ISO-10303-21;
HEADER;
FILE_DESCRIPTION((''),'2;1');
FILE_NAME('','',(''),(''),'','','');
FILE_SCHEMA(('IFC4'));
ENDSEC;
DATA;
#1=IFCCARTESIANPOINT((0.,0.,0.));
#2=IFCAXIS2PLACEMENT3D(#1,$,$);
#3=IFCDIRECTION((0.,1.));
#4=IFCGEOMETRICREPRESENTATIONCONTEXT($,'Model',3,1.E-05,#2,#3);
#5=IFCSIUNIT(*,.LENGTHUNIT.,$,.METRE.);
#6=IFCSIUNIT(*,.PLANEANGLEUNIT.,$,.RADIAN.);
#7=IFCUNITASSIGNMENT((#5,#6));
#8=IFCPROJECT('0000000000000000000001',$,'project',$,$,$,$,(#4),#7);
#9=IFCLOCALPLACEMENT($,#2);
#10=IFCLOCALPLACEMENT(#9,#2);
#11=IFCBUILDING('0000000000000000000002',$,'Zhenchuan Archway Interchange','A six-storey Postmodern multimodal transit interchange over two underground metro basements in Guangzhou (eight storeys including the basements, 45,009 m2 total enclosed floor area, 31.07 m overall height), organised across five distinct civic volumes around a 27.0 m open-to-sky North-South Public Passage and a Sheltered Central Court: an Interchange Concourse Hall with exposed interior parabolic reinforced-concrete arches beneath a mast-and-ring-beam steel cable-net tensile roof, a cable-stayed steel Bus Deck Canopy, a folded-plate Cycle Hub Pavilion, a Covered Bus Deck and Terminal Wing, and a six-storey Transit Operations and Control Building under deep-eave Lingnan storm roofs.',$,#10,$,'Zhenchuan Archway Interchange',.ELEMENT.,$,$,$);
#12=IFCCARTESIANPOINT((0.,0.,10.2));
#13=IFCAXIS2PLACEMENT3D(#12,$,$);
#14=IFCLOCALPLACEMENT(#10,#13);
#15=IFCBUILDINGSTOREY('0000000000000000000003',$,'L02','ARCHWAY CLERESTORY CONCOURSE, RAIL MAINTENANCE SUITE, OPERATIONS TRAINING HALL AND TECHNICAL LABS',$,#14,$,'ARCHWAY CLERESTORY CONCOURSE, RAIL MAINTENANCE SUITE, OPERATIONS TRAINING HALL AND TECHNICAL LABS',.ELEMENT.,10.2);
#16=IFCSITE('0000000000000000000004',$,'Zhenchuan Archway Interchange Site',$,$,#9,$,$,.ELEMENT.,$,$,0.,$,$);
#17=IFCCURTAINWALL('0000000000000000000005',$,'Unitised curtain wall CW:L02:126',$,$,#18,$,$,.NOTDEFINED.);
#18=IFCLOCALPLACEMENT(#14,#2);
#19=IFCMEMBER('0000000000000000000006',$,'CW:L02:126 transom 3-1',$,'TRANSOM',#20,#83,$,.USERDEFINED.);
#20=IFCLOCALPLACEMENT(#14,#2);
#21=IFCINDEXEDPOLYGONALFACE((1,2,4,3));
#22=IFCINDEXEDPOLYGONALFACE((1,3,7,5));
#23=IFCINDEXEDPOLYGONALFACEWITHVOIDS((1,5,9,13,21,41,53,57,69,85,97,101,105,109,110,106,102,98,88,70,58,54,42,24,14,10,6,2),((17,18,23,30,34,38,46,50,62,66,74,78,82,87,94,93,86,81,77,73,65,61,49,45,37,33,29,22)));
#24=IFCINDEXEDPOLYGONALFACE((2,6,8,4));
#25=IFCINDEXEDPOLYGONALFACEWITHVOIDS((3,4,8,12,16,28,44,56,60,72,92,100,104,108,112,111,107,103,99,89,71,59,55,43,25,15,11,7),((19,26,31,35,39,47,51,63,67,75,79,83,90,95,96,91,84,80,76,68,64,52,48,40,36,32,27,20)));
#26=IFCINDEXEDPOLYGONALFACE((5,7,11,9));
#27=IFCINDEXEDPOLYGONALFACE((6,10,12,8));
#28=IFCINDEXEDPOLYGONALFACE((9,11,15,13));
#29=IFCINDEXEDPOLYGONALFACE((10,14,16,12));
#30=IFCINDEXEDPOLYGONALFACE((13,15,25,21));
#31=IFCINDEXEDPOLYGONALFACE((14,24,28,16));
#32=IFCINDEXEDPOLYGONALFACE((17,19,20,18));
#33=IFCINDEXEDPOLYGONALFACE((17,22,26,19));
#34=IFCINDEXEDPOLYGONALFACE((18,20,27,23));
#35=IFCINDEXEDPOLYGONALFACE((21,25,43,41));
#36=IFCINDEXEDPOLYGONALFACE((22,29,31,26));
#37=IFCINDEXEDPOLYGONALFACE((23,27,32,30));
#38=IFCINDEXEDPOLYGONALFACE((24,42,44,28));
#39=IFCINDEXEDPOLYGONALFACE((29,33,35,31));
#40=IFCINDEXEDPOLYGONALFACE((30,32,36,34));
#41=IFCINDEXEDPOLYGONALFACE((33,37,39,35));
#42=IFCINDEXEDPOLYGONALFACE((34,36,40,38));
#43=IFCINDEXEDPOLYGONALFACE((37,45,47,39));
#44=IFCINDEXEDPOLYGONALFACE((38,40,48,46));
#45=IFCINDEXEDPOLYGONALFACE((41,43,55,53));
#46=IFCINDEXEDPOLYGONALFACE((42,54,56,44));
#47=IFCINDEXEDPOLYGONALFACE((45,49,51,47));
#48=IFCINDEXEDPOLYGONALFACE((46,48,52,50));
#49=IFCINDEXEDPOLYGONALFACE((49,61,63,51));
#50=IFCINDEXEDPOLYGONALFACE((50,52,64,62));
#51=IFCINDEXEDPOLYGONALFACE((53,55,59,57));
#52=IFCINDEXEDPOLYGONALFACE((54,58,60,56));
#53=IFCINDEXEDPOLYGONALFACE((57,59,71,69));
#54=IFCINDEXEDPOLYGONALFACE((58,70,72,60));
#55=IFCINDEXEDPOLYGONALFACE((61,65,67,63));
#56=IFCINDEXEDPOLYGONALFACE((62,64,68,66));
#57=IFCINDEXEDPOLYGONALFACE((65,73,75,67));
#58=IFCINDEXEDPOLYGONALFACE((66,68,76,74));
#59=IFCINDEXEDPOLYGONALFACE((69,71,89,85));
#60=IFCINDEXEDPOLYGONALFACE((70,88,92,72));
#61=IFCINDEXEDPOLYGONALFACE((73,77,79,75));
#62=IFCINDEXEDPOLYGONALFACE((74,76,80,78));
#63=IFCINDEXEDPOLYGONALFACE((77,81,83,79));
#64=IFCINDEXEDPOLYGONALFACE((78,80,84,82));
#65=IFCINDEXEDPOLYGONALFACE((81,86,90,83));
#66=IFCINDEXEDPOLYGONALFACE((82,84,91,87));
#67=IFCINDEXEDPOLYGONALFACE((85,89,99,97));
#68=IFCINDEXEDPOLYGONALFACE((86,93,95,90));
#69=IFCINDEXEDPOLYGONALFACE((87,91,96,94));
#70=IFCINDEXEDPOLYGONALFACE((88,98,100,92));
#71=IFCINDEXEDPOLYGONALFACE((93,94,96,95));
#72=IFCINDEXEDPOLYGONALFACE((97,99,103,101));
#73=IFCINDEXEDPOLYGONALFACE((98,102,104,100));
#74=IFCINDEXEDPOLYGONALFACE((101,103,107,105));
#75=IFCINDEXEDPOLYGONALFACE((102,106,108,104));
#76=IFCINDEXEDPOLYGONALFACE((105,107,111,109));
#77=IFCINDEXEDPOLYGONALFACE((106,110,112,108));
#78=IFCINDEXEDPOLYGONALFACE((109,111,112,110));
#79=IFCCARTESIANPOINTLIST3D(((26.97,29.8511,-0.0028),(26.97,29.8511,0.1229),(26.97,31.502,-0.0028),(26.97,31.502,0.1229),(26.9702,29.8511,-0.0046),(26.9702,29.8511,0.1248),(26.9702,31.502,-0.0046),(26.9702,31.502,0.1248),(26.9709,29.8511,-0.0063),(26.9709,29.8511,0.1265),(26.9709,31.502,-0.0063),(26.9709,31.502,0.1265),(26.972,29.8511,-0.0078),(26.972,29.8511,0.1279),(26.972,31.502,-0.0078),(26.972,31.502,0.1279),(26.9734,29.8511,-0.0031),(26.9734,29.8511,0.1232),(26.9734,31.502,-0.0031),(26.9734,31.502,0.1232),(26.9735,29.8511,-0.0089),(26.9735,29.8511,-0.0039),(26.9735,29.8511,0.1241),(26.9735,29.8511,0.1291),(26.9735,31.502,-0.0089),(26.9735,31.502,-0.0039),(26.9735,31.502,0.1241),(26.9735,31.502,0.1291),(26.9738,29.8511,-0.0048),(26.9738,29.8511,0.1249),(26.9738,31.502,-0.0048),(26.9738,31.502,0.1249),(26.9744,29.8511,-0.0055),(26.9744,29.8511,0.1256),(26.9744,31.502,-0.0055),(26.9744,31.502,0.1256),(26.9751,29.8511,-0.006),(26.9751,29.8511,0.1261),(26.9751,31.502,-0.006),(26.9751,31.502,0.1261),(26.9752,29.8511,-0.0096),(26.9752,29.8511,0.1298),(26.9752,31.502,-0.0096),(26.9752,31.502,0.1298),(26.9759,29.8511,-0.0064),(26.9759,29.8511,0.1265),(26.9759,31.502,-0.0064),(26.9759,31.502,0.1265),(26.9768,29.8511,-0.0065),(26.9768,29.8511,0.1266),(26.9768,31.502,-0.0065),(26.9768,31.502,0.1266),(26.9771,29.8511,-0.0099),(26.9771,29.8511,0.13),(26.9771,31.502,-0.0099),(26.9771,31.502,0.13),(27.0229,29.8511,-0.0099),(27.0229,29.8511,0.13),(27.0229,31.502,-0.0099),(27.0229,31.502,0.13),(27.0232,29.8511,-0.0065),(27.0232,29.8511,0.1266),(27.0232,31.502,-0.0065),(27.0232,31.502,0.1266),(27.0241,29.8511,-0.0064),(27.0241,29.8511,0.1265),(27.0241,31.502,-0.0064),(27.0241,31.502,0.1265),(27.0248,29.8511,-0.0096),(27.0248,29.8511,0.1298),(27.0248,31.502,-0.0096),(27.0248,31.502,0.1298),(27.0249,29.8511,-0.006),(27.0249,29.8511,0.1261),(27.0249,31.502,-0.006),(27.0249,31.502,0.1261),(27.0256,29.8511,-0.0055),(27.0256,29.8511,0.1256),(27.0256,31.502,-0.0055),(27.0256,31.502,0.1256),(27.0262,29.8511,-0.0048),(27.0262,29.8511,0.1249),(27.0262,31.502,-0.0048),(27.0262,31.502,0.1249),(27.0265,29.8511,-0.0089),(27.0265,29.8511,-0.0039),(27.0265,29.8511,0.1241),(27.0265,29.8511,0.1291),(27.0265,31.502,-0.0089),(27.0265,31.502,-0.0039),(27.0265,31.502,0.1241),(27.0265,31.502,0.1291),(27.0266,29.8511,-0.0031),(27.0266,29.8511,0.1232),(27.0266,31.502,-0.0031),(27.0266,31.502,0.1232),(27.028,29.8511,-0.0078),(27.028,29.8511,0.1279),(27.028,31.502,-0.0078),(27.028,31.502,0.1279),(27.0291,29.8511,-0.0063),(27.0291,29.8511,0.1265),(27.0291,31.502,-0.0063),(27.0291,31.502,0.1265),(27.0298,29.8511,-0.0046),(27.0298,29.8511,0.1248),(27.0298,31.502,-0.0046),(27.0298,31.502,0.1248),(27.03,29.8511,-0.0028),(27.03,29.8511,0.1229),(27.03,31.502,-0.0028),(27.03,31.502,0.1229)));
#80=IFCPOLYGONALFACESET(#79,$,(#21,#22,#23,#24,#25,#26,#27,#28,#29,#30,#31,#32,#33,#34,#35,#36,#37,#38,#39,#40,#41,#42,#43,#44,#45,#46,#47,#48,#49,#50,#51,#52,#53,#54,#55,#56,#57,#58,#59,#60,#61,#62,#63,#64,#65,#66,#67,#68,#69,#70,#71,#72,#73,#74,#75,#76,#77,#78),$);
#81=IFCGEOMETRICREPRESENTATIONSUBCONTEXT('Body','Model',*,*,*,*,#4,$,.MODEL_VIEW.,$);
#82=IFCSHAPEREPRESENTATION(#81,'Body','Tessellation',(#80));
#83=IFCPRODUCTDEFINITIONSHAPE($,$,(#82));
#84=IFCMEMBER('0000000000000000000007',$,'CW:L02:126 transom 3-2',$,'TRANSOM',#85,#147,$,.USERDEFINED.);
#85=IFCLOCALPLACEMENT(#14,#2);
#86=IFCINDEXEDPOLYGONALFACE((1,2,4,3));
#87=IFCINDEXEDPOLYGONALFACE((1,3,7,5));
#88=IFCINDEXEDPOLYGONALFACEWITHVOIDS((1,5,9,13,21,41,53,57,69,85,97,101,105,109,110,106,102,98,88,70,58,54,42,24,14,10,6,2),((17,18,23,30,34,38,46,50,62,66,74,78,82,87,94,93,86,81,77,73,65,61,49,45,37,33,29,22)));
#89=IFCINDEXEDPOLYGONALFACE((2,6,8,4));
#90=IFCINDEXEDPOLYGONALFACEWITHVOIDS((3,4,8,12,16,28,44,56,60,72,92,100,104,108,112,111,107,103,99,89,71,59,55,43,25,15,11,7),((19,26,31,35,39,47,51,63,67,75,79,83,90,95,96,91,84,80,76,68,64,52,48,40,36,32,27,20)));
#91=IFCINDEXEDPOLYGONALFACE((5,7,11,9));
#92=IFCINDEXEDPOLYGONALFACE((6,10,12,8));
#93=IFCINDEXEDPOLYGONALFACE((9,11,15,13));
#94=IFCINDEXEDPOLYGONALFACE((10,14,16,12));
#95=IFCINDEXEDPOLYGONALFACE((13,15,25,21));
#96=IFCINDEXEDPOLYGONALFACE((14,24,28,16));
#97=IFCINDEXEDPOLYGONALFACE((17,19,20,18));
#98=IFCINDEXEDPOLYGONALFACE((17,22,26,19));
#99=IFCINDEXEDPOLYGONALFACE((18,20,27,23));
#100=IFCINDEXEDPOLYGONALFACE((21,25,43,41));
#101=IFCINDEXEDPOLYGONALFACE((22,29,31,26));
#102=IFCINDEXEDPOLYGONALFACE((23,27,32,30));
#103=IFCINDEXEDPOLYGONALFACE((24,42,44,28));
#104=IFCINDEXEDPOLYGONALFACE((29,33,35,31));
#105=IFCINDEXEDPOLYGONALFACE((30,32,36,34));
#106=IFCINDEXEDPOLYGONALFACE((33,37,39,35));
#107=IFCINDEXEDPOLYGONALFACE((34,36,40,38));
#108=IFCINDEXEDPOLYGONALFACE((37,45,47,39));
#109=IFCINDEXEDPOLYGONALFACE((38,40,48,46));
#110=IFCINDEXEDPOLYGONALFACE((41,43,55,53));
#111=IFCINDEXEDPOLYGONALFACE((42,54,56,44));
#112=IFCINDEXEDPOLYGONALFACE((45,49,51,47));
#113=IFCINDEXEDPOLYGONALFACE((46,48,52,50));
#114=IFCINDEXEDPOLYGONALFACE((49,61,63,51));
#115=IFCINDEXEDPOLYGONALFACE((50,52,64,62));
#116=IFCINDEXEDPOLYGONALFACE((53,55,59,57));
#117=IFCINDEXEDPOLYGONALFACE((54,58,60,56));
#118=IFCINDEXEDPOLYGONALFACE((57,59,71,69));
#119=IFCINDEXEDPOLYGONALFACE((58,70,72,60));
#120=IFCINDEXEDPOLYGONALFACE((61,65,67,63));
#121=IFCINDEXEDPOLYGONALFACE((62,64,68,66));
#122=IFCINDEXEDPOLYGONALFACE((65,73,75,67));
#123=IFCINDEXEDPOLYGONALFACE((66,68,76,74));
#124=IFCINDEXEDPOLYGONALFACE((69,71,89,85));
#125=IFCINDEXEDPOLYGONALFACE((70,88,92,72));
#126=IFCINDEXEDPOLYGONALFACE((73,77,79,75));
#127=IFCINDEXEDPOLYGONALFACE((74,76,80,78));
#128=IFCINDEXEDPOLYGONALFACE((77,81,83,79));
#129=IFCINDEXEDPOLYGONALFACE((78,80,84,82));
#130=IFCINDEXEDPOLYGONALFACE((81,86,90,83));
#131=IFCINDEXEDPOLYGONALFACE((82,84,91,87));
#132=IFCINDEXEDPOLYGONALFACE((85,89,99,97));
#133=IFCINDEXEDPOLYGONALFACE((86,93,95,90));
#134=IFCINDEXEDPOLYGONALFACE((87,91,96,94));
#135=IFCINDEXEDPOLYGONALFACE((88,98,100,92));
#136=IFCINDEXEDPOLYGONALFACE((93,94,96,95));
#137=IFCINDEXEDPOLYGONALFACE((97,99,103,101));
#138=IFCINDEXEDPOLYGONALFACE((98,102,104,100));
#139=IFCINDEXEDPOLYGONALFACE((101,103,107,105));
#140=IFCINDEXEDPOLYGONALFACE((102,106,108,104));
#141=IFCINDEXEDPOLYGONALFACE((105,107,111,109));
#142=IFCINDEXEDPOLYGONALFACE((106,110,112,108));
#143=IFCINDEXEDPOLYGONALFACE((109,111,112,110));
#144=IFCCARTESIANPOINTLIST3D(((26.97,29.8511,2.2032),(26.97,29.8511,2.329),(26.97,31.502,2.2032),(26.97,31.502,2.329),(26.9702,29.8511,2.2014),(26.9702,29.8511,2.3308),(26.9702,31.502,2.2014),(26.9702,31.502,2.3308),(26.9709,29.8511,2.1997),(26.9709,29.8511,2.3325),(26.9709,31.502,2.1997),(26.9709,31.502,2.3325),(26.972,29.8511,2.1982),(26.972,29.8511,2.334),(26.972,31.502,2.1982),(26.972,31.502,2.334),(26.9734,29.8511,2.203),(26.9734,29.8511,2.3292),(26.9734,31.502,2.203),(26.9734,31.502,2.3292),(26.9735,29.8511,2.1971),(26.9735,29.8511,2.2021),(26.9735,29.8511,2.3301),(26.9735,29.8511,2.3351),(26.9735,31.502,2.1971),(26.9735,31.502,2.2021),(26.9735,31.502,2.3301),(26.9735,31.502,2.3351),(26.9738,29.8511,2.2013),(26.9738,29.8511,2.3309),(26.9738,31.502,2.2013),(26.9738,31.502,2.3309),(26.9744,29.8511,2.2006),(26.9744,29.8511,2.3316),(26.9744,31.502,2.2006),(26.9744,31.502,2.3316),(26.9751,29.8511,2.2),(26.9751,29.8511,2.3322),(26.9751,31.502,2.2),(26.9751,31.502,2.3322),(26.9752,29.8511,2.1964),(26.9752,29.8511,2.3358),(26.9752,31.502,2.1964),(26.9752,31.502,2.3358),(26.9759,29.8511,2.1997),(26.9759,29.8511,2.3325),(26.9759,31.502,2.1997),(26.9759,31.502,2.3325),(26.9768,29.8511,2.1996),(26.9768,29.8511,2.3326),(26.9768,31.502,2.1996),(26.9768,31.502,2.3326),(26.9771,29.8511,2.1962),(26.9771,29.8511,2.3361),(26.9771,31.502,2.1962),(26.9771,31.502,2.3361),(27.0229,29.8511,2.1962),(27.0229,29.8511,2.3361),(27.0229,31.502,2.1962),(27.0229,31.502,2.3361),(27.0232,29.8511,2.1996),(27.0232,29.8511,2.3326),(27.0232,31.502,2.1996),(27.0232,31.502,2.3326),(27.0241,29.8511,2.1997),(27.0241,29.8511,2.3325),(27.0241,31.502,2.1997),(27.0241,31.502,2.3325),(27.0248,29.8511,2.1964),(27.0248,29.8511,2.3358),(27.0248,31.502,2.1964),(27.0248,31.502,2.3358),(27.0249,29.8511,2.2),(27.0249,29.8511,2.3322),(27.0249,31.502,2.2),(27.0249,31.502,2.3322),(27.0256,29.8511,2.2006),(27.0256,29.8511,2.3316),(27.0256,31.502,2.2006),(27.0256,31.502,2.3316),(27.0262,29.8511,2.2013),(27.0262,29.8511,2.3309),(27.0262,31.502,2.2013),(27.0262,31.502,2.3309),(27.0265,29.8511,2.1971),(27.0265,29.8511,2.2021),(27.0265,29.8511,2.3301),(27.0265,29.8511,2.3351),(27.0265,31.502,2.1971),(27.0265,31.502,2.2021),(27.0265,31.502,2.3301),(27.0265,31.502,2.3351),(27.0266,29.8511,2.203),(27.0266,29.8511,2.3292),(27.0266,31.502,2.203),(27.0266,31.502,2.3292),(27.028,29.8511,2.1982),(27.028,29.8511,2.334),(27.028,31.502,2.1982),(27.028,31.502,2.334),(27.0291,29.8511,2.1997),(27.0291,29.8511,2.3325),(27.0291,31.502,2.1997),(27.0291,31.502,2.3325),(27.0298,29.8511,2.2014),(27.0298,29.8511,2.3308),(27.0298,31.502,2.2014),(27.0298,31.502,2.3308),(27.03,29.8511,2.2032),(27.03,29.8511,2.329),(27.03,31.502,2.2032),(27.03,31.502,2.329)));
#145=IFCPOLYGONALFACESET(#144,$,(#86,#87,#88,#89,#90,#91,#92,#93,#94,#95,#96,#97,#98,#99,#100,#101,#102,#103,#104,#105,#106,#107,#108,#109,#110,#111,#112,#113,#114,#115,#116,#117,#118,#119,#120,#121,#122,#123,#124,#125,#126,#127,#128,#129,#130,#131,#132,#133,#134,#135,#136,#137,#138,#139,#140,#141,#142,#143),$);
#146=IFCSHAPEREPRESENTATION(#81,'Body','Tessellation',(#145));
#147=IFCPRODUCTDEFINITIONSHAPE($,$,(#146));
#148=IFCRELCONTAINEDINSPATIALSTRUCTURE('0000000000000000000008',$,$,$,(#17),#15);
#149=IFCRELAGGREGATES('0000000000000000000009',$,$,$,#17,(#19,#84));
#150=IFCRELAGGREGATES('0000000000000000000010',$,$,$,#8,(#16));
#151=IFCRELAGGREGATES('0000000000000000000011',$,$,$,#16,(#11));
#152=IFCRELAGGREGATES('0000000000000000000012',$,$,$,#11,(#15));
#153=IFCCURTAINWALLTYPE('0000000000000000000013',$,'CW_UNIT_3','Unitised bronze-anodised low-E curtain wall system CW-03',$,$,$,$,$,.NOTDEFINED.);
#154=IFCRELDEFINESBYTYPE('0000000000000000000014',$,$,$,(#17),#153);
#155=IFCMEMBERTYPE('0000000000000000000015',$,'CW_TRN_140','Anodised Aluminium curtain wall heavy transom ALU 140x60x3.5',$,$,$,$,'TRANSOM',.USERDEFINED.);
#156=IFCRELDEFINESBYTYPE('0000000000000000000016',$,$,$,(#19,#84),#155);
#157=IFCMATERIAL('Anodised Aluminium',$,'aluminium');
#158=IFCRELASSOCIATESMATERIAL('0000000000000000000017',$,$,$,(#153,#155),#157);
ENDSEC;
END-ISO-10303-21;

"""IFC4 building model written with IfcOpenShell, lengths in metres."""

from ifc_helpers import new_model, si_unit, direction, frame, origin, origin_2d, place, context, subcontext, project, spatial, hollow_rectangle, extrude, material, material_profile, profile_set, type_object, element, aggregate, save


model = new_model("IFC4")

# Units and contexts
model_context = context("Model", 3, precision=1e-05, world=origin(), true_north=direction((0.0, 1.0)))
body_context = subcontext(model_context, "Body", "Model", "MODEL_VIEW")
ifc_project = project(units=[si_unit("LENGTHUNIT", "METRE"), si_unit("PLANEANGLEUNIT", "RADIAN")], contexts=[model_context])

# Site, building, storey
site_placement = place(None, origin())
site = spatial("IfcSite", under=ifc_project, at=site_placement, Name="Zhenchuan Archway Interchange Site", CompositionType="ELEMENT", RefElevation=0.0)
building_placement = place(site_placement, origin())
building = spatial("IfcBuilding", under=site, at=building_placement, Name="Zhenchuan Archway Interchange", Description="A six-storey Postmodern multimodal transit interchange over two underground metro basements in Guangzhou (eight storeys including the basements, 45,009 m2 total enclosed floor area, 31.07 m overall height), organised across five distinct civic volumes around a 27.0 m open-to-sky North-South Public Passage and a Sheltered Central Court: an Interchange Concourse Hall with exposed interior parabolic reinforced-concrete arches beneath a mast-and-ring-beam steel cable-net tensile roof, a cable-stayed steel Bus Deck Canopy, a folded-plate Cycle Hub Pavilion, a Covered Bus Deck and Terminal Wing, and a six-storey Transit Operations and Control Building under deep-eave Lingnan storm roofs.", LongName="Zhenchuan Archway Interchange", CompositionType="ELEMENT")
storey_placement = place(building_placement, frame((0.0, 0.0, 10.2)))
storey = spatial("IfcBuildingStorey", under=building, at=storey_placement, Name="L02", Description="ARCHWAY CLERESTORY CONCOURSE, RAIL MAINTENANCE SUITE, OPERATIONS TRAINING HALL AND TECHNICAL LABS", LongName="ARCHWAY CLERESTORY CONCOURSE, RAIL MAINTENANCE SUITE, OPERATIONS TRAINING HALL AND TECHNICAL LABS", CompositionType="ELEMENT", Elevation=10.2)

# Curtain wall
ifc_material_1 = material(Name="Anodised Aluminium", Category="aluminium")
curtain_wall_type_1 = type_object("IfcCurtainWallType", Name="CW_UNIT_3", Description="Unitised bronze-anodised low-E curtain wall system CW-03", PredefinedType="NOTDEFINED", material=ifc_material_1)
curtain_wall_1_placement = place(storey_placement, origin())
curtain_wall_1 = element("IfcCurtainWall", 1, at=curtain_wall_1_placement, inside=storey, type_object=curtain_wall_type_1, Name="Unitised curtain wall CW:L02:126", PredefinedType="NOTDEFINED")

# Members
ifc_material_profile_1 = material_profile(ifc_material_1, hollow_rectangle(XDim=0.0601, YDim=0.1399, WallThickness=0.0034, InnerFilletRadius=0.0034, OuterFilletRadius=0.0071, at=origin_2d()), Name="ALU 140x60x3.5")
ifc_profile_set_1 = profile_set([ifc_material_profile_1], Name="Anodised Aluminium")
member_type_1 = type_object("IfcMemberType", Name="CW_TRN_140", Description="Anodised Aluminium curtain wall heavy transom ALU 140x60x3.5", ElementType="TRANSOM", PredefinedType="USERDEFINED", material=ifc_profile_set_1)
member_1_placement = place(storey_placement, frame((27.0, 29.8511, 0.0601), z_axis=(0.0, 1.0, 0.0), x_axis=(-1.0, 0.0, 0.0)))
member_1 = element("IfcMember", 2, at=member_1_placement, type_object=member_type_1, Name="CW:L02:126 transom 3-1", ObjectType="TRANSOM", PredefinedType="USERDEFINED", context=body_context, shape_type="SweptSolid", body=[
    extrude(hollow_rectangle(XDim=0.0601, YDim=0.1399, WallThickness=0.0034, InnerFilletRadius=0.0034, OuterFilletRadius=0.0071, at=origin_2d()), origin(), (0.0, 0.0, 1.0), 1.6509),
])
member_2_placement = place(storey_placement, frame((27.0, 29.8511, 2.2661), z_axis=(0.0, 1.0, 0.0), x_axis=(-1.0, 0.0, 0.0)))
member_2 = element("IfcMember", 3, at=member_2_placement, type_object=member_type_1, Name="CW:L02:126 transom 3-2", ObjectType="TRANSOM", PredefinedType="USERDEFINED", context=body_context, shape_type="SweptSolid", body=[
    extrude(hollow_rectangle(XDim=0.0601, YDim=0.1399, WallThickness=0.0034, InnerFilletRadius=0.0034, OuterFilletRadius=0.0071, at=origin_2d()), origin(), (0.0, 0.0, 1.0), 1.6509),
])

aggregate(curtain_wall_1, [member_1, member_2])

save(model, "model.ifc")
